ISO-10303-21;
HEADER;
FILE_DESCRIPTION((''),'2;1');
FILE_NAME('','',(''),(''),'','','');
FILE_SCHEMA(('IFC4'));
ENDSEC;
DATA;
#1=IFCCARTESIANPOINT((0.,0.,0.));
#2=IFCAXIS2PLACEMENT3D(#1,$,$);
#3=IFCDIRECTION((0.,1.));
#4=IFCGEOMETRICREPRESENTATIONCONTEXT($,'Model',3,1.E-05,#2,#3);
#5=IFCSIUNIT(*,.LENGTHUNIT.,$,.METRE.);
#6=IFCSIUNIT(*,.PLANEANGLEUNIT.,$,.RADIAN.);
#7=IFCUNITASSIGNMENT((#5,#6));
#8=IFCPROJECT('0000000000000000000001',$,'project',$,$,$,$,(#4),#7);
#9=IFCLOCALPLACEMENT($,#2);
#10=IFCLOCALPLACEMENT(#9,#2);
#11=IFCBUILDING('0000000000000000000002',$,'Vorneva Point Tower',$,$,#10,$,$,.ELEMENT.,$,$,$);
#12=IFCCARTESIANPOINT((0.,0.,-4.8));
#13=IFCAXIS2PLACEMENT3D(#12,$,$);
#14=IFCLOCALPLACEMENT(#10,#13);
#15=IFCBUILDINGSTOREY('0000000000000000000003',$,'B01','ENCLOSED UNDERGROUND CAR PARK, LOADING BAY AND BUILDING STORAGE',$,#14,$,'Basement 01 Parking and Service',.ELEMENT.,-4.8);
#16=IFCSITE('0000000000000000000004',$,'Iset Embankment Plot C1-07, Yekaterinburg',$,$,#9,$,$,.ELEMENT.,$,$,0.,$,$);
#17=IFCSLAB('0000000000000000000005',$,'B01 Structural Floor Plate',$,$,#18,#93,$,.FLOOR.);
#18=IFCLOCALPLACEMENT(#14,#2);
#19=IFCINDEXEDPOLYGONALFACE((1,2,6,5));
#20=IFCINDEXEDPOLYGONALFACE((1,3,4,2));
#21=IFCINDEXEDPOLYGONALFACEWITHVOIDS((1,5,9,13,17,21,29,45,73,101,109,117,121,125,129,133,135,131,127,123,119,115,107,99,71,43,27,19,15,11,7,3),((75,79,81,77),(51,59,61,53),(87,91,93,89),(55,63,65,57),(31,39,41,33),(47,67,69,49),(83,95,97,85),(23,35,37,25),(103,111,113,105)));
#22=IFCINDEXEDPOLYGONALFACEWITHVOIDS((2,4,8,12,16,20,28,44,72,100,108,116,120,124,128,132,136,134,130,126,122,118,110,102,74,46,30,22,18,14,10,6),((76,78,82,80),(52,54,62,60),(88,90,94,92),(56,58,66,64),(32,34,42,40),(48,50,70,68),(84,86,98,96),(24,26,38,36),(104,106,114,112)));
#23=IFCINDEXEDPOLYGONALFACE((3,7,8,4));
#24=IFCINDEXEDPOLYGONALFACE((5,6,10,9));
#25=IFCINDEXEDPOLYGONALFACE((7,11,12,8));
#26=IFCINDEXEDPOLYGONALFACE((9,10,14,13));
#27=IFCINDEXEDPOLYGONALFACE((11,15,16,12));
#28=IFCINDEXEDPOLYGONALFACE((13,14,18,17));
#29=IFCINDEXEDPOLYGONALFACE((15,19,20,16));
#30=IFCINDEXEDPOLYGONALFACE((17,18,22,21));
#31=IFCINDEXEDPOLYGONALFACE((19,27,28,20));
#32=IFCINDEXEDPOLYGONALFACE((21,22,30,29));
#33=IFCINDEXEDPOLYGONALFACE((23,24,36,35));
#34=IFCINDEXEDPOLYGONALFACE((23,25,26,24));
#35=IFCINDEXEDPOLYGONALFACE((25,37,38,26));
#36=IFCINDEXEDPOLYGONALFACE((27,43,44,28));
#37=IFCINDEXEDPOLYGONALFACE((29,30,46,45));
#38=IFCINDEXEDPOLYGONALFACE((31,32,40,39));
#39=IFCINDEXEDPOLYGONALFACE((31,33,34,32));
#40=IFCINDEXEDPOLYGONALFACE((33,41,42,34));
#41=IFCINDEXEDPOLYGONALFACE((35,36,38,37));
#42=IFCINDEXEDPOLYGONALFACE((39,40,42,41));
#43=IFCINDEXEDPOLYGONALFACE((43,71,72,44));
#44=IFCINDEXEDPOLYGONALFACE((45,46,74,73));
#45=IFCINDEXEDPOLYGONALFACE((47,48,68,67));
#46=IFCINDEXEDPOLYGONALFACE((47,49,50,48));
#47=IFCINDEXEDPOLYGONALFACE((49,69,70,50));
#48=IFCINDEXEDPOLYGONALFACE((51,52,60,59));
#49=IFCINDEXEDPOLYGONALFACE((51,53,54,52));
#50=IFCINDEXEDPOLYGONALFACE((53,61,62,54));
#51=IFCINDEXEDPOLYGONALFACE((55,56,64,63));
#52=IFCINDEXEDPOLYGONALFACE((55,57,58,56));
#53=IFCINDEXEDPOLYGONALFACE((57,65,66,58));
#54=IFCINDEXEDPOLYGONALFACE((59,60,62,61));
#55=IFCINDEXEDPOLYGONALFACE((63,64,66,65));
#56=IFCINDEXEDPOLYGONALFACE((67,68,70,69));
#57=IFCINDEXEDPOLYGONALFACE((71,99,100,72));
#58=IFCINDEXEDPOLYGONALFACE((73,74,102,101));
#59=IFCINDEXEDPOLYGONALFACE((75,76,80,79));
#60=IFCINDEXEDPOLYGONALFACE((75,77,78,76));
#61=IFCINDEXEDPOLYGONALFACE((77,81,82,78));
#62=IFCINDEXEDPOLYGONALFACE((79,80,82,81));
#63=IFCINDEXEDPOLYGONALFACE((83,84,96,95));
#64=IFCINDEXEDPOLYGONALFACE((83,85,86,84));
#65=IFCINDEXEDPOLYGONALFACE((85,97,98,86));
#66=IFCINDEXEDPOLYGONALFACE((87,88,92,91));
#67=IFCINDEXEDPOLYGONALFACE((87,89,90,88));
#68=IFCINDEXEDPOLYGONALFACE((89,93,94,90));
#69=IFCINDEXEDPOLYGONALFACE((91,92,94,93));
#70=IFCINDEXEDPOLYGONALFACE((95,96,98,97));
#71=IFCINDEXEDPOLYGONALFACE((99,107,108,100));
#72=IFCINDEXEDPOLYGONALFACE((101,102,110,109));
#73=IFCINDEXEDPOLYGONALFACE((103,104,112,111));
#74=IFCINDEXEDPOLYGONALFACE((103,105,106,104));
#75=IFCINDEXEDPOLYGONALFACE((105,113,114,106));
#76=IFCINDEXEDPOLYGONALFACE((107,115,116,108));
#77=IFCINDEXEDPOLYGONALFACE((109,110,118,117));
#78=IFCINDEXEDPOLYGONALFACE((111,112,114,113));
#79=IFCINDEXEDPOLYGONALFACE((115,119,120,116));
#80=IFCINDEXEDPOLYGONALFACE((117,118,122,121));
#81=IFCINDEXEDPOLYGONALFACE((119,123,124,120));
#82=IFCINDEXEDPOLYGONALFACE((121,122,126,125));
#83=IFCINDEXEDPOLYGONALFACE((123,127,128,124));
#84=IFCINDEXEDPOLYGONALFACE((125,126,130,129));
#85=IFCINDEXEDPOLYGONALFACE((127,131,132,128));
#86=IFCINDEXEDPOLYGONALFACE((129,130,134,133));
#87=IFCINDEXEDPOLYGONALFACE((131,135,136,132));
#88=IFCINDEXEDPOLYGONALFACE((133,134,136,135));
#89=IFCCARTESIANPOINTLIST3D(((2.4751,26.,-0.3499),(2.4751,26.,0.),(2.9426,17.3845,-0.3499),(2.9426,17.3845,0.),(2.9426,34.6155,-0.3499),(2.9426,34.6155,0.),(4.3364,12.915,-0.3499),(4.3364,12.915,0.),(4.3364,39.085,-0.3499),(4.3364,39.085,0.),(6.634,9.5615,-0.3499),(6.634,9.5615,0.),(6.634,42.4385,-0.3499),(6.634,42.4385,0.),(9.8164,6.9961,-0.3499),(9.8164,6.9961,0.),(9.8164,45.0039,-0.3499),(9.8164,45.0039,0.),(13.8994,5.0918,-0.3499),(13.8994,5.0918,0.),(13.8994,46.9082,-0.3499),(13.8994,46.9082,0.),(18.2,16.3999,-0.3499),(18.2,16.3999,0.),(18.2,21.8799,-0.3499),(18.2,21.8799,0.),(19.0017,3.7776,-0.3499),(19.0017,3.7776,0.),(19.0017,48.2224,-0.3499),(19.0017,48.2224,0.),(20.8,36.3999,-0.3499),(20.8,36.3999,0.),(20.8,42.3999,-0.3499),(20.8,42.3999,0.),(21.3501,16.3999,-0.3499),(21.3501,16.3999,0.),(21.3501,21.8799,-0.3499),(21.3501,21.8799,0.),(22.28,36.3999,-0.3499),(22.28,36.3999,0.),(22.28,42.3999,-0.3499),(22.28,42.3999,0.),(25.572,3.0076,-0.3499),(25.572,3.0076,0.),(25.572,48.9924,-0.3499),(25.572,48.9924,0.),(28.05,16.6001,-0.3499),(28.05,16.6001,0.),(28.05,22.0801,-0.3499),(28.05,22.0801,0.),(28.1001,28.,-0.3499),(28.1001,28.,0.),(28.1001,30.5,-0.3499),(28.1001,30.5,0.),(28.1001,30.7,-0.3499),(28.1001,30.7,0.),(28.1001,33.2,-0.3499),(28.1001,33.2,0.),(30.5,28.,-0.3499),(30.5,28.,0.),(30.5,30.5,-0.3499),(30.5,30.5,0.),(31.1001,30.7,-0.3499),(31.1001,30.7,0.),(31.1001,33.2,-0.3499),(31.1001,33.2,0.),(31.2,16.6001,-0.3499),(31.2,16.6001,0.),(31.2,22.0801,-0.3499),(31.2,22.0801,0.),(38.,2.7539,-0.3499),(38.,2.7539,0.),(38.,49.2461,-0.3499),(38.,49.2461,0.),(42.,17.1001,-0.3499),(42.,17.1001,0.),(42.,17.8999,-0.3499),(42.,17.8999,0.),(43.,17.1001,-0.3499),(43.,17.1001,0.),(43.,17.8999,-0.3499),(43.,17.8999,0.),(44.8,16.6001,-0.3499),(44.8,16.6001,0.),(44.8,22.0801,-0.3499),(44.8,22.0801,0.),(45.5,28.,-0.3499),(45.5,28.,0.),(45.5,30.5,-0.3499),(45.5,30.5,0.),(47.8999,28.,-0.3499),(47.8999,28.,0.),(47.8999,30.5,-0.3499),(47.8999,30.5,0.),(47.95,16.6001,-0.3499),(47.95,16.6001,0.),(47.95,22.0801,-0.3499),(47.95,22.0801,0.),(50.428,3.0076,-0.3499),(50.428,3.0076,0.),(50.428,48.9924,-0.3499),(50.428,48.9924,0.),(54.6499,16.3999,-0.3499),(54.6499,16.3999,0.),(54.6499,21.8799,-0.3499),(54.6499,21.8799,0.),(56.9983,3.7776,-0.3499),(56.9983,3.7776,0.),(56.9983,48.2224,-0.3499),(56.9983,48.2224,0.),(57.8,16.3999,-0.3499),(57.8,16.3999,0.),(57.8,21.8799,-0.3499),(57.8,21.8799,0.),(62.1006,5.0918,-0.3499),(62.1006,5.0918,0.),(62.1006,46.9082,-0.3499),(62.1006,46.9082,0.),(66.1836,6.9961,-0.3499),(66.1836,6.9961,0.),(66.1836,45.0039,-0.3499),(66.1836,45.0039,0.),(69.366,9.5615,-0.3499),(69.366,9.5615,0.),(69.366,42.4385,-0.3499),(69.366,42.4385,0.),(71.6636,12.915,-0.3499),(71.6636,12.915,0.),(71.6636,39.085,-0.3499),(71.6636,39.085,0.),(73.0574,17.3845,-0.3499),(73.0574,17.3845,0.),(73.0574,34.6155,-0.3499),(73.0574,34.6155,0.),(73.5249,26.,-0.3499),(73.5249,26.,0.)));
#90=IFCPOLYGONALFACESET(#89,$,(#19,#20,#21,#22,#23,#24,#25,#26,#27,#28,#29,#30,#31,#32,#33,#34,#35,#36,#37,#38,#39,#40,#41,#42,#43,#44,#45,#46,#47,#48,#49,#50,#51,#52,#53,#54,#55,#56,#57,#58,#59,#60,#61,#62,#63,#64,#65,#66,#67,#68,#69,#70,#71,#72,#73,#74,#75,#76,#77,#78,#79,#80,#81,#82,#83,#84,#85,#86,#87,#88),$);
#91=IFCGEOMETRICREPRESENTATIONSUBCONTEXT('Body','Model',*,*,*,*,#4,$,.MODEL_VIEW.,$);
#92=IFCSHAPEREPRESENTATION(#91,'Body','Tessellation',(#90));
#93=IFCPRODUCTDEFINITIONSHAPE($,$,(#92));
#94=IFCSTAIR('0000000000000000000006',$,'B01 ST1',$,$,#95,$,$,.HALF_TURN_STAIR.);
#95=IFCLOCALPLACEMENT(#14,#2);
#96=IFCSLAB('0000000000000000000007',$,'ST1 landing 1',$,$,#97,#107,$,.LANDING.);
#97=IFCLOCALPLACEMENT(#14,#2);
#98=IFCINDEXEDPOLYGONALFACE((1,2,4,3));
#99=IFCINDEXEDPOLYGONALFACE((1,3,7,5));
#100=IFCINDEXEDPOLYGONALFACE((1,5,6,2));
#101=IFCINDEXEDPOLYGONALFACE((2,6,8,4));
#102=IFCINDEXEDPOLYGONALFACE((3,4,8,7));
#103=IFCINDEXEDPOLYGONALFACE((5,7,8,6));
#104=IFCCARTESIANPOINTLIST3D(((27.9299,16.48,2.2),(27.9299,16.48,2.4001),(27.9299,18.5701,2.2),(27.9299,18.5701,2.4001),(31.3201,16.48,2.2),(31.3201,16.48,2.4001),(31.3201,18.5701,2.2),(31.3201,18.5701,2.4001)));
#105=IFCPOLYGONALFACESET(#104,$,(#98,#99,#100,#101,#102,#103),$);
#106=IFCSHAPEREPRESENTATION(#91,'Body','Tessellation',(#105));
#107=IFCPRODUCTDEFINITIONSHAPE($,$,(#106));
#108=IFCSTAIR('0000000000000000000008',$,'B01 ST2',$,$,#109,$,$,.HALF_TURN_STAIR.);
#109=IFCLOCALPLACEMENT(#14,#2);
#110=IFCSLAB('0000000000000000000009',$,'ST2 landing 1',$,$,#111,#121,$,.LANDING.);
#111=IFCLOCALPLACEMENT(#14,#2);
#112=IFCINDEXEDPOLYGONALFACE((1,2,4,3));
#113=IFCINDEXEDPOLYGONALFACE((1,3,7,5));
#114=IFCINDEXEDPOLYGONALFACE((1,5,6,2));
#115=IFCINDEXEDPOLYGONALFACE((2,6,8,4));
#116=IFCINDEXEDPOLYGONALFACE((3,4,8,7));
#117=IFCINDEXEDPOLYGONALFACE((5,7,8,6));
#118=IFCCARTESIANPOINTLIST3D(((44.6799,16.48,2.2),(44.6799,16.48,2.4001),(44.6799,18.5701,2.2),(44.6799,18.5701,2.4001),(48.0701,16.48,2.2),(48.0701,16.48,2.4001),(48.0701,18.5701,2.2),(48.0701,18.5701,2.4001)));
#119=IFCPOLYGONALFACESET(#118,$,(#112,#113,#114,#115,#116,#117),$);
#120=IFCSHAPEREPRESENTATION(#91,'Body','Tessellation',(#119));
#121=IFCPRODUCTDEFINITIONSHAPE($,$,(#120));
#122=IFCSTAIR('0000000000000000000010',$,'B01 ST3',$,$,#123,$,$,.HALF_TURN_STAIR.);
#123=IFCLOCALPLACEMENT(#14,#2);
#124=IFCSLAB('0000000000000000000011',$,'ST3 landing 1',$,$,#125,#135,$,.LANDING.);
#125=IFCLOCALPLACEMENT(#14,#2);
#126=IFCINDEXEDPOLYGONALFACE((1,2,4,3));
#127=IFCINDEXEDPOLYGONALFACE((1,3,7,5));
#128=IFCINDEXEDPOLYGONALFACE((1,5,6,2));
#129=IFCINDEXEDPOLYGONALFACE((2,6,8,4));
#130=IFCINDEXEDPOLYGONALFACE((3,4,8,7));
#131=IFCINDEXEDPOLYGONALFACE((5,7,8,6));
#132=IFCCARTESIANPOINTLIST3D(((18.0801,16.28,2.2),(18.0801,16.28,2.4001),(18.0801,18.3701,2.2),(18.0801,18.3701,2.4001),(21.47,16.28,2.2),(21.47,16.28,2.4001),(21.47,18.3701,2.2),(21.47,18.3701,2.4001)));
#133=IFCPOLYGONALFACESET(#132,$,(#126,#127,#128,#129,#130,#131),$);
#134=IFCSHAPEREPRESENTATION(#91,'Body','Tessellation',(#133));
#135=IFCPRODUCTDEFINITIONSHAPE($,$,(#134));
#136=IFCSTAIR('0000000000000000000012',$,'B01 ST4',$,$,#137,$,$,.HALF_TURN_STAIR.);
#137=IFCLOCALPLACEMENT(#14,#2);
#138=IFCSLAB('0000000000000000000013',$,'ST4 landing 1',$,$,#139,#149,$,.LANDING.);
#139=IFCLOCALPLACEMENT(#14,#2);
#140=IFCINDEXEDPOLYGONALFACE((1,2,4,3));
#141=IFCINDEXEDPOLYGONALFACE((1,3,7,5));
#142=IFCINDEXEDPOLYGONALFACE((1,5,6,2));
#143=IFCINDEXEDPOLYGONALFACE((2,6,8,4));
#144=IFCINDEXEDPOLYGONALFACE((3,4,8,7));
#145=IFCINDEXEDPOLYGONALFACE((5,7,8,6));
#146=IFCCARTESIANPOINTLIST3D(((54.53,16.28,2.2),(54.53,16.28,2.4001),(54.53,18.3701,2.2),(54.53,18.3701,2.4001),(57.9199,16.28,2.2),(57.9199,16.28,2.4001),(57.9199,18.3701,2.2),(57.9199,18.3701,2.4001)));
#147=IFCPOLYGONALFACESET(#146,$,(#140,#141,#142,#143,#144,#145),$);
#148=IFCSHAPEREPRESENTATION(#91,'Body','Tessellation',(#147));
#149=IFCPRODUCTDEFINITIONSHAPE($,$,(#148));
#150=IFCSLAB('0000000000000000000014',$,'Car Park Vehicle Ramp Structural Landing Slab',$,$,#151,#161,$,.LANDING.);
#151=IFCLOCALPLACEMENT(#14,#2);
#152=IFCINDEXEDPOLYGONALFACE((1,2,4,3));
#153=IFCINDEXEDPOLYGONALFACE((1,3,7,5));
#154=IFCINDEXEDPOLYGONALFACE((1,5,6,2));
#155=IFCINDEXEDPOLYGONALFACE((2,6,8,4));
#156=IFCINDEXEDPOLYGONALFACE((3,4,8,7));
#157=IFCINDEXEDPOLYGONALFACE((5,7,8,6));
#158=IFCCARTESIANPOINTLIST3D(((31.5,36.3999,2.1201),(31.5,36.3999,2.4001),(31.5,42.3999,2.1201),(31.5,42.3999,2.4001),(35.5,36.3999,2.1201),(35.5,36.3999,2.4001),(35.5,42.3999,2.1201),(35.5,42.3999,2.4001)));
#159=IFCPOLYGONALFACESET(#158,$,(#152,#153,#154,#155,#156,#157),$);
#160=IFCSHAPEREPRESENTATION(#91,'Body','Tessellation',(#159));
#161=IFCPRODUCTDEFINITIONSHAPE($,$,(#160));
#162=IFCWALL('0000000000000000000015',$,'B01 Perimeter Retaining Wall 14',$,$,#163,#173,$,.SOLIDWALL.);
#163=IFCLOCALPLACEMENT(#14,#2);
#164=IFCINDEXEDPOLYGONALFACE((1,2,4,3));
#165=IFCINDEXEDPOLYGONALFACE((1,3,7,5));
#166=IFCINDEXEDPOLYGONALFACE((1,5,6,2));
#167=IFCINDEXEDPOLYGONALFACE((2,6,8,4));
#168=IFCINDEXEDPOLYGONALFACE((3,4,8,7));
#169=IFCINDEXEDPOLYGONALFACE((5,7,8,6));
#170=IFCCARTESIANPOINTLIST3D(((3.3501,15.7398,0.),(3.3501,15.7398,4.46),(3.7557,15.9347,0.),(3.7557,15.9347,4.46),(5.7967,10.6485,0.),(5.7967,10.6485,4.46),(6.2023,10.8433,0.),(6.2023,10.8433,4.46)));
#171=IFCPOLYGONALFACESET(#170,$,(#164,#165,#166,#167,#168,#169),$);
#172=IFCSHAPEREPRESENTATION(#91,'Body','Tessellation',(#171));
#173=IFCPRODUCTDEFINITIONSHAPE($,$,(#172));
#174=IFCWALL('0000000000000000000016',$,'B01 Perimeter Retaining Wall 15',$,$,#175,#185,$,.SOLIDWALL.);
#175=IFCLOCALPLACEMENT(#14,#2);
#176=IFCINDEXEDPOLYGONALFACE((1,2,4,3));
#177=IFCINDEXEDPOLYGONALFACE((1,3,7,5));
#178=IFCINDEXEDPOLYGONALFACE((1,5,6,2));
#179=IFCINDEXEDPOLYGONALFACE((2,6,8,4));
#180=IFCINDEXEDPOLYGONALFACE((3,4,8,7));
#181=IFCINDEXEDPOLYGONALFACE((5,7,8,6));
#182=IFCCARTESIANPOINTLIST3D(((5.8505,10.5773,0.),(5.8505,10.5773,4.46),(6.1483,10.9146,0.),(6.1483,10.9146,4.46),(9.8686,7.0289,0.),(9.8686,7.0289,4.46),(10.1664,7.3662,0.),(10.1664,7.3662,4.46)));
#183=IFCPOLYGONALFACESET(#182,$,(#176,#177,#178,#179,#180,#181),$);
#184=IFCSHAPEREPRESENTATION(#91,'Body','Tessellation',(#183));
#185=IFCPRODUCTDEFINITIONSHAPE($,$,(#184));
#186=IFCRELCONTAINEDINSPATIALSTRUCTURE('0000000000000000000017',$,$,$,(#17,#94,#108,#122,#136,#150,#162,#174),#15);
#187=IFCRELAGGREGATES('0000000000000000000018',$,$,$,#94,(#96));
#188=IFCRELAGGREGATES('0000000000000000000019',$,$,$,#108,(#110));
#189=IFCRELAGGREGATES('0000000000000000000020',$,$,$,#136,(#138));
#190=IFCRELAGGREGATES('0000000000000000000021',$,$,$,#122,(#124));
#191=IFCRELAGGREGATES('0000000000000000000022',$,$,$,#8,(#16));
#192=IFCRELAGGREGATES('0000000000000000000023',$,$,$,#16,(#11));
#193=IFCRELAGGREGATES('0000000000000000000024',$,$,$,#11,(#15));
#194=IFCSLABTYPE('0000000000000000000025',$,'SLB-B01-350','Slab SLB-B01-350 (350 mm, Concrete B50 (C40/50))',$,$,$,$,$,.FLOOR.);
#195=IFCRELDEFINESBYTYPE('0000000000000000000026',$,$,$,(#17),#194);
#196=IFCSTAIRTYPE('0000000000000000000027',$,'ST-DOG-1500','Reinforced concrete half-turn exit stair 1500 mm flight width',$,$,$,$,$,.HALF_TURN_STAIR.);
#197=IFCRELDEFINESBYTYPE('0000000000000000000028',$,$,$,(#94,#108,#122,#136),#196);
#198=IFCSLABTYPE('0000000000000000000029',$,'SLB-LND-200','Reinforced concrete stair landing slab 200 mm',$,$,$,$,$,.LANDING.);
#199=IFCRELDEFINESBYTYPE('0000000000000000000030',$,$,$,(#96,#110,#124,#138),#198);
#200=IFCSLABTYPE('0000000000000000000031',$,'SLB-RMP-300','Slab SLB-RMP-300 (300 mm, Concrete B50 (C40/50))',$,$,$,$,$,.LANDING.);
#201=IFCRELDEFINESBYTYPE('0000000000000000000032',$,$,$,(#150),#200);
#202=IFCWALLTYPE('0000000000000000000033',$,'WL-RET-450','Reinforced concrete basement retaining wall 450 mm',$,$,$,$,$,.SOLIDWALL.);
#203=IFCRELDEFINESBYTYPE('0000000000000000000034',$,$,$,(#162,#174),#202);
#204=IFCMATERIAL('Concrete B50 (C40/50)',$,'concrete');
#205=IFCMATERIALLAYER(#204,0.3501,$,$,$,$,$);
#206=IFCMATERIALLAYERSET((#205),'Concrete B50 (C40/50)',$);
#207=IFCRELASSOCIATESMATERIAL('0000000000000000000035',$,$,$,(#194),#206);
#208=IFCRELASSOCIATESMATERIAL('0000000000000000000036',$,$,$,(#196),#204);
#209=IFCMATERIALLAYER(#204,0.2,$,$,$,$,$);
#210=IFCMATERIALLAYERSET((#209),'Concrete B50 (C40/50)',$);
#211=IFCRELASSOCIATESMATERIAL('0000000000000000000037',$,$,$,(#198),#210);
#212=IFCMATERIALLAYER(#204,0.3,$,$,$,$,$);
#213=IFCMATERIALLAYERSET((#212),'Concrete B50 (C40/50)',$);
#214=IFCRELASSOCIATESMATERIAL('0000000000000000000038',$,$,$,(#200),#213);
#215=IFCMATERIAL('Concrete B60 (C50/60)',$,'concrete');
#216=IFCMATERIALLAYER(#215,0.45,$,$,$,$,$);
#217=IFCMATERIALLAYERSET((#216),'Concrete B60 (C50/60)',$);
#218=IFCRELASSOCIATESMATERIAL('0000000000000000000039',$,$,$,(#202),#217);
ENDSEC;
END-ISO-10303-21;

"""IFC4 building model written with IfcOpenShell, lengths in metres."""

from ifc_helpers import new_model, si_unit, direction, frame, frame_2d, origin, place, context, subcontext, project, spatial, polyline, rectangle, outline, extrude, material, layer, layer_set, type_object, element, aggregate, save


model = new_model("IFC4")

# Units and contexts
model_context = context("Model", 3, precision=1e-05, world=origin(), true_north=direction((0.0, 1.0)))
body_context = subcontext(model_context, "Body", "Model", "MODEL_VIEW")
ifc_project = project(units=[si_unit("LENGTHUNIT", "METRE"), si_unit("PLANEANGLEUNIT", "RADIAN")], contexts=[model_context])

# Site, building, storey
site_placement = place(None, origin())
site = spatial("IfcSite", under=ifc_project, at=site_placement, Name="Iset Embankment Plot C1-07, Yekaterinburg", CompositionType="ELEMENT", RefElevation=0.0)
building_placement = place(site_placement, origin())
building = spatial("IfcBuilding", under=site, at=building_placement, Name="Vorneva Point Tower", CompositionType="ELEMENT")
storey_placement = place(building_placement, frame((0.0, 0.0, -4.8)))
storey = spatial("IfcBuildingStorey", under=building, at=storey_placement, Name="B01", Description="ENCLOSED UNDERGROUND CAR PARK, LOADING BAY AND BUILDING STORAGE", LongName="Basement 01 Parking and Service", CompositionType="ELEMENT", Elevation=-4.8)

# Shared definitions
ifc_material_1 = material(Name="Concrete B60 (C50/60)", Category="concrete")

# Slab
ifc_material_2 = material(Name="Concrete B50 (C40/50)", Category="concrete")
ifc_layer_1 = layer(ifc_material_2, 0.3501)
ifc_layer_set_1 = layer_set([ifc_layer_1], Name="Concrete B50 (C40/50)")
slab_type_1 = type_object("IfcSlabType", Name="SLB-B01-350", Description="Slab SLB-B01-350 (350 mm, Concrete B50 (C40/50))", PredefinedType="FLOOR", material=ifc_layer_set_1)
slab_1_placement = place(storey_placement, frame((0.0, 0.0, -0.3499)))
element("IfcSlab", 1, at=slab_1_placement, inside=storey, type_object=slab_type_1, Name="B01 Structural Floor Plate", PredefinedType="FLOOR", context=body_context, shape_type="SweptSolid", body=[
    extrude(outline(polyline([(73.5249, 26.0), (73.0574, 34.6155), (71.6636, 39.085), (69.366, 42.4385), (66.1836, 45.0039), (62.1006, 46.9082), (56.9983, 48.2224), (50.428, 48.9924), (38.0, 49.2461), (25.572, 48.9924), (19.0017, 48.2224), (13.8994, 46.9082), (9.8164, 45.0039), (6.634, 42.4385), (4.3364, 39.085), (2.9426, 34.6155), (2.4751, 26.0), (2.9426, 17.3845), (4.3364, 12.915), (6.634, 9.5615), (9.8164, 6.9961), (13.8994, 5.0918), (19.0017, 3.7776), (25.572, 3.0076), (38.0, 2.7539), (50.428, 3.0076), (56.9983, 3.7776), (62.1006, 5.0918), (66.1836, 6.9961), (69.366, 9.5615), (71.6636, 12.915), (73.0574, 17.3845), (73.5249, 26.0)]), holes=[polyline([(28.1001, 28.0), (30.5, 28.0), (30.5, 30.5), (28.1001, 30.5), (28.1001, 28.0)]), polyline([(45.5, 28.0), (47.8999, 28.0), (47.8999, 30.5), (45.5, 30.5), (45.5, 28.0)]), polyline([(28.1001, 30.7), (31.1001, 30.7), (31.1001, 33.2), (28.1001, 33.2), (28.1001, 30.7)]), polyline([(28.05, 16.6001), (31.2, 16.6001), (31.2, 22.0801), (28.05, 22.0801), (28.05, 16.6001)]), polyline([(44.8, 16.6001), (47.95, 16.6001), (47.95, 22.0801), (44.8, 22.0801), (44.8, 16.6001)]), polyline([(18.2, 16.3999), (21.3501, 16.3999), (21.3501, 21.8799), (18.2, 21.8799), (18.2, 16.3999)]), polyline([(54.6499, 16.3999), (57.8, 16.3999), (57.8, 21.8799), (54.6499, 21.8799), (54.6499, 16.3999)]), polyline([(42.0, 17.1001), (43.0, 17.1001), (43.0, 17.8999), (42.0, 17.8999), (42.0, 17.1001)]), polyline([(20.8, 36.3999), (22.28, 36.3999), (22.28, 42.3999), (20.8, 42.3999), (20.8, 36.3999)])]), origin(), (0.0, 0.0, 1.0), 0.3499),
])

# Stairs, slabs
stair_type = type_object("IfcStairType", Name="ST-DOG-1500", Description="Reinforced concrete half-turn exit stair 1500 mm flight width", PredefinedType="HALF_TURN_STAIR", material=ifc_material_2)
stair_1_placement = place(storey_placement, origin())
stair_1 = element("IfcStair", 2, at=stair_1_placement, inside=storey, type_object=stair_type, Name="B01 ST1", PredefinedType="HALF_TURN_STAIR")
ifc_layer_2 = layer(ifc_material_2, 0.2)
ifc_layer_set_2 = layer_set([ifc_layer_2], Name="Concrete B50 (C40/50)")
slab_type_2 = type_object("IfcSlabType", Name="SLB-LND-200", Description="Reinforced concrete stair landing slab 200 mm", PredefinedType="LANDING", material=ifc_layer_set_2)
slab_2_placement = place(storey_placement, frame((0.0, 0.0, 2.2)))
slab_2 = element("IfcSlab", 3, at=slab_2_placement, type_object=slab_type_2, Name="ST1 landing 1", PredefinedType="LANDING", context=body_context, shape_type="SweptSolid", body=[
    extrude(outline(polyline([(27.9299, 16.48), (31.3201, 16.48), (31.3201, 18.5701), (27.9299, 18.5701), (27.9299, 16.48)])), origin(), (0.0, 0.0, 1.0), 0.2002),
])
aggregate(stair_1, [slab_2])
stair_2_placement = place(storey_placement, origin())
stair_2 = element("IfcStair", 4, at=stair_2_placement, inside=storey, type_object=stair_type, Name="B01 ST2", PredefinedType="HALF_TURN_STAIR")
slab_3_placement = place(storey_placement, frame((0.0, 0.0, 2.2)))
slab_3 = element("IfcSlab", 5, at=slab_3_placement, type_object=slab_type_2, Name="ST2 landing 1", PredefinedType="LANDING", context=body_context, shape_type="SweptSolid", body=[
    extrude(outline(polyline([(44.6799, 16.48), (48.0701, 16.48), (48.0701, 18.5701), (44.6799, 18.5701), (44.6799, 16.48)])), origin(), (0.0, 0.0, 1.0), 0.2002),
])
aggregate(stair_2, [slab_3])
stair_3_placement = place(storey_placement, origin())
stair_3 = element("IfcStair", 6, at=stair_3_placement, inside=storey, type_object=stair_type, Name="B01 ST3", PredefinedType="HALF_TURN_STAIR")
slab_4_placement = place(storey_placement, frame((0.0, 0.0, 2.2)))
slab_4 = element("IfcSlab", 7, at=slab_4_placement, type_object=slab_type_2, Name="ST3 landing 1", PredefinedType="LANDING", context=body_context, shape_type="SweptSolid", body=[
    extrude(outline(polyline([(18.0801, 16.28), (21.47, 16.28), (21.47, 18.3701), (18.0801, 18.3701), (18.0801, 16.28)])), origin(), (0.0, 0.0, 1.0), 0.2002),
])
stair_4_placement = place(storey_placement, origin())
stair_4 = element("IfcStair", 8, at=stair_4_placement, inside=storey, type_object=stair_type, Name="B01 ST4", PredefinedType="HALF_TURN_STAIR")
slab_5_placement = place(storey_placement, frame((0.0, 0.0, 2.2)))
slab_5 = element("IfcSlab", 9, at=slab_5_placement, type_object=slab_type_2, Name="ST4 landing 1", PredefinedType="LANDING", context=body_context, shape_type="SweptSolid", body=[
    extrude(outline(polyline([(54.53, 16.28), (57.9199, 16.28), (57.9199, 18.3701), (54.53, 18.3701), (54.53, 16.28)])), origin(), (0.0, 0.0, 1.0), 0.2002),
])
aggregate(stair_4, [slab_5])

# Slab
ifc_layer_3 = layer(ifc_material_2, 0.3)
ifc_layer_set_3 = layer_set([ifc_layer_3], Name="Concrete B50 (C40/50)")
slab_type_3 = type_object("IfcSlabType", Name="SLB-RMP-300", Description="Slab SLB-RMP-300 (300 mm, Concrete B50 (C40/50))", PredefinedType="LANDING", material=ifc_layer_set_3)
slab_6_placement = place(storey_placement, frame((0.0, 0.0, 2.1201)))
element("IfcSlab", 10, at=slab_6_placement, inside=storey, type_object=slab_type_3, Name="Car Park Vehicle Ramp Structural Landing Slab", PredefinedType="LANDING", context=body_context, shape_type="SweptSolid", body=[
    extrude(outline(polyline([(31.5, 36.3999), (35.5, 36.3999), (35.5, 42.3999), (31.5, 42.3999), (31.5, 36.3999)])), origin(), (0.0, 0.0, 1.0), 0.28),
])

# Walls
ifc_layer_4 = layer(ifc_material_1, 0.45)
ifc_layer_set_4 = layer_set([ifc_layer_4], Name="Concrete B60 (C50/60)")
wall_type_1 = type_object("IfcWallType", Name="WL-RET-450", Description="Reinforced concrete basement retaining wall 450 mm", PredefinedType="SOLIDWALL", material=ifc_layer_set_4)
wall_1_placement = place(storey_placement, frame((3.553, 15.8372, 0.0), z_axis=(0.0, 0.0, 1.0), x_axis=(0.43312, -0.901336, 0.0)))
element("IfcWall", 11, at=wall_1_placement, inside=storey, type_object=wall_type_1, Name="B01 Perimeter Retaining Wall 14", PredefinedType="SOLIDWALL", context=body_context, shape_type="SweptSolid", body=[
    extrude(rectangle(XDim=5.6487, YDim=0.45, at=frame_2d((2.8242, 0.0))), origin(), (0.0, 0.0, 1.0), 4.46),
])
wall_2_placement = place(storey_placement, frame((5.9995, 10.7458, 0.0), z_axis=(0.0, 0.0, 1.0), x_axis=(0.749561, -0.661935, 0.0)))
element("IfcWall", 12, at=wall_2_placement, inside=storey, type_object=wall_type_1, Name="B01 Perimeter Retaining Wall 15", PredefinedType="SOLIDWALL", context=body_context, shape_type="SweptSolid", body=[
    extrude(rectangle(XDim=5.3606, YDim=0.45, at=frame_2d((2.6802, 0.0))), origin(), (0.0, 0.0, 1.0), 4.46),
])

aggregate(stair_3, [slab_4])

save(model, "model.ifc")
